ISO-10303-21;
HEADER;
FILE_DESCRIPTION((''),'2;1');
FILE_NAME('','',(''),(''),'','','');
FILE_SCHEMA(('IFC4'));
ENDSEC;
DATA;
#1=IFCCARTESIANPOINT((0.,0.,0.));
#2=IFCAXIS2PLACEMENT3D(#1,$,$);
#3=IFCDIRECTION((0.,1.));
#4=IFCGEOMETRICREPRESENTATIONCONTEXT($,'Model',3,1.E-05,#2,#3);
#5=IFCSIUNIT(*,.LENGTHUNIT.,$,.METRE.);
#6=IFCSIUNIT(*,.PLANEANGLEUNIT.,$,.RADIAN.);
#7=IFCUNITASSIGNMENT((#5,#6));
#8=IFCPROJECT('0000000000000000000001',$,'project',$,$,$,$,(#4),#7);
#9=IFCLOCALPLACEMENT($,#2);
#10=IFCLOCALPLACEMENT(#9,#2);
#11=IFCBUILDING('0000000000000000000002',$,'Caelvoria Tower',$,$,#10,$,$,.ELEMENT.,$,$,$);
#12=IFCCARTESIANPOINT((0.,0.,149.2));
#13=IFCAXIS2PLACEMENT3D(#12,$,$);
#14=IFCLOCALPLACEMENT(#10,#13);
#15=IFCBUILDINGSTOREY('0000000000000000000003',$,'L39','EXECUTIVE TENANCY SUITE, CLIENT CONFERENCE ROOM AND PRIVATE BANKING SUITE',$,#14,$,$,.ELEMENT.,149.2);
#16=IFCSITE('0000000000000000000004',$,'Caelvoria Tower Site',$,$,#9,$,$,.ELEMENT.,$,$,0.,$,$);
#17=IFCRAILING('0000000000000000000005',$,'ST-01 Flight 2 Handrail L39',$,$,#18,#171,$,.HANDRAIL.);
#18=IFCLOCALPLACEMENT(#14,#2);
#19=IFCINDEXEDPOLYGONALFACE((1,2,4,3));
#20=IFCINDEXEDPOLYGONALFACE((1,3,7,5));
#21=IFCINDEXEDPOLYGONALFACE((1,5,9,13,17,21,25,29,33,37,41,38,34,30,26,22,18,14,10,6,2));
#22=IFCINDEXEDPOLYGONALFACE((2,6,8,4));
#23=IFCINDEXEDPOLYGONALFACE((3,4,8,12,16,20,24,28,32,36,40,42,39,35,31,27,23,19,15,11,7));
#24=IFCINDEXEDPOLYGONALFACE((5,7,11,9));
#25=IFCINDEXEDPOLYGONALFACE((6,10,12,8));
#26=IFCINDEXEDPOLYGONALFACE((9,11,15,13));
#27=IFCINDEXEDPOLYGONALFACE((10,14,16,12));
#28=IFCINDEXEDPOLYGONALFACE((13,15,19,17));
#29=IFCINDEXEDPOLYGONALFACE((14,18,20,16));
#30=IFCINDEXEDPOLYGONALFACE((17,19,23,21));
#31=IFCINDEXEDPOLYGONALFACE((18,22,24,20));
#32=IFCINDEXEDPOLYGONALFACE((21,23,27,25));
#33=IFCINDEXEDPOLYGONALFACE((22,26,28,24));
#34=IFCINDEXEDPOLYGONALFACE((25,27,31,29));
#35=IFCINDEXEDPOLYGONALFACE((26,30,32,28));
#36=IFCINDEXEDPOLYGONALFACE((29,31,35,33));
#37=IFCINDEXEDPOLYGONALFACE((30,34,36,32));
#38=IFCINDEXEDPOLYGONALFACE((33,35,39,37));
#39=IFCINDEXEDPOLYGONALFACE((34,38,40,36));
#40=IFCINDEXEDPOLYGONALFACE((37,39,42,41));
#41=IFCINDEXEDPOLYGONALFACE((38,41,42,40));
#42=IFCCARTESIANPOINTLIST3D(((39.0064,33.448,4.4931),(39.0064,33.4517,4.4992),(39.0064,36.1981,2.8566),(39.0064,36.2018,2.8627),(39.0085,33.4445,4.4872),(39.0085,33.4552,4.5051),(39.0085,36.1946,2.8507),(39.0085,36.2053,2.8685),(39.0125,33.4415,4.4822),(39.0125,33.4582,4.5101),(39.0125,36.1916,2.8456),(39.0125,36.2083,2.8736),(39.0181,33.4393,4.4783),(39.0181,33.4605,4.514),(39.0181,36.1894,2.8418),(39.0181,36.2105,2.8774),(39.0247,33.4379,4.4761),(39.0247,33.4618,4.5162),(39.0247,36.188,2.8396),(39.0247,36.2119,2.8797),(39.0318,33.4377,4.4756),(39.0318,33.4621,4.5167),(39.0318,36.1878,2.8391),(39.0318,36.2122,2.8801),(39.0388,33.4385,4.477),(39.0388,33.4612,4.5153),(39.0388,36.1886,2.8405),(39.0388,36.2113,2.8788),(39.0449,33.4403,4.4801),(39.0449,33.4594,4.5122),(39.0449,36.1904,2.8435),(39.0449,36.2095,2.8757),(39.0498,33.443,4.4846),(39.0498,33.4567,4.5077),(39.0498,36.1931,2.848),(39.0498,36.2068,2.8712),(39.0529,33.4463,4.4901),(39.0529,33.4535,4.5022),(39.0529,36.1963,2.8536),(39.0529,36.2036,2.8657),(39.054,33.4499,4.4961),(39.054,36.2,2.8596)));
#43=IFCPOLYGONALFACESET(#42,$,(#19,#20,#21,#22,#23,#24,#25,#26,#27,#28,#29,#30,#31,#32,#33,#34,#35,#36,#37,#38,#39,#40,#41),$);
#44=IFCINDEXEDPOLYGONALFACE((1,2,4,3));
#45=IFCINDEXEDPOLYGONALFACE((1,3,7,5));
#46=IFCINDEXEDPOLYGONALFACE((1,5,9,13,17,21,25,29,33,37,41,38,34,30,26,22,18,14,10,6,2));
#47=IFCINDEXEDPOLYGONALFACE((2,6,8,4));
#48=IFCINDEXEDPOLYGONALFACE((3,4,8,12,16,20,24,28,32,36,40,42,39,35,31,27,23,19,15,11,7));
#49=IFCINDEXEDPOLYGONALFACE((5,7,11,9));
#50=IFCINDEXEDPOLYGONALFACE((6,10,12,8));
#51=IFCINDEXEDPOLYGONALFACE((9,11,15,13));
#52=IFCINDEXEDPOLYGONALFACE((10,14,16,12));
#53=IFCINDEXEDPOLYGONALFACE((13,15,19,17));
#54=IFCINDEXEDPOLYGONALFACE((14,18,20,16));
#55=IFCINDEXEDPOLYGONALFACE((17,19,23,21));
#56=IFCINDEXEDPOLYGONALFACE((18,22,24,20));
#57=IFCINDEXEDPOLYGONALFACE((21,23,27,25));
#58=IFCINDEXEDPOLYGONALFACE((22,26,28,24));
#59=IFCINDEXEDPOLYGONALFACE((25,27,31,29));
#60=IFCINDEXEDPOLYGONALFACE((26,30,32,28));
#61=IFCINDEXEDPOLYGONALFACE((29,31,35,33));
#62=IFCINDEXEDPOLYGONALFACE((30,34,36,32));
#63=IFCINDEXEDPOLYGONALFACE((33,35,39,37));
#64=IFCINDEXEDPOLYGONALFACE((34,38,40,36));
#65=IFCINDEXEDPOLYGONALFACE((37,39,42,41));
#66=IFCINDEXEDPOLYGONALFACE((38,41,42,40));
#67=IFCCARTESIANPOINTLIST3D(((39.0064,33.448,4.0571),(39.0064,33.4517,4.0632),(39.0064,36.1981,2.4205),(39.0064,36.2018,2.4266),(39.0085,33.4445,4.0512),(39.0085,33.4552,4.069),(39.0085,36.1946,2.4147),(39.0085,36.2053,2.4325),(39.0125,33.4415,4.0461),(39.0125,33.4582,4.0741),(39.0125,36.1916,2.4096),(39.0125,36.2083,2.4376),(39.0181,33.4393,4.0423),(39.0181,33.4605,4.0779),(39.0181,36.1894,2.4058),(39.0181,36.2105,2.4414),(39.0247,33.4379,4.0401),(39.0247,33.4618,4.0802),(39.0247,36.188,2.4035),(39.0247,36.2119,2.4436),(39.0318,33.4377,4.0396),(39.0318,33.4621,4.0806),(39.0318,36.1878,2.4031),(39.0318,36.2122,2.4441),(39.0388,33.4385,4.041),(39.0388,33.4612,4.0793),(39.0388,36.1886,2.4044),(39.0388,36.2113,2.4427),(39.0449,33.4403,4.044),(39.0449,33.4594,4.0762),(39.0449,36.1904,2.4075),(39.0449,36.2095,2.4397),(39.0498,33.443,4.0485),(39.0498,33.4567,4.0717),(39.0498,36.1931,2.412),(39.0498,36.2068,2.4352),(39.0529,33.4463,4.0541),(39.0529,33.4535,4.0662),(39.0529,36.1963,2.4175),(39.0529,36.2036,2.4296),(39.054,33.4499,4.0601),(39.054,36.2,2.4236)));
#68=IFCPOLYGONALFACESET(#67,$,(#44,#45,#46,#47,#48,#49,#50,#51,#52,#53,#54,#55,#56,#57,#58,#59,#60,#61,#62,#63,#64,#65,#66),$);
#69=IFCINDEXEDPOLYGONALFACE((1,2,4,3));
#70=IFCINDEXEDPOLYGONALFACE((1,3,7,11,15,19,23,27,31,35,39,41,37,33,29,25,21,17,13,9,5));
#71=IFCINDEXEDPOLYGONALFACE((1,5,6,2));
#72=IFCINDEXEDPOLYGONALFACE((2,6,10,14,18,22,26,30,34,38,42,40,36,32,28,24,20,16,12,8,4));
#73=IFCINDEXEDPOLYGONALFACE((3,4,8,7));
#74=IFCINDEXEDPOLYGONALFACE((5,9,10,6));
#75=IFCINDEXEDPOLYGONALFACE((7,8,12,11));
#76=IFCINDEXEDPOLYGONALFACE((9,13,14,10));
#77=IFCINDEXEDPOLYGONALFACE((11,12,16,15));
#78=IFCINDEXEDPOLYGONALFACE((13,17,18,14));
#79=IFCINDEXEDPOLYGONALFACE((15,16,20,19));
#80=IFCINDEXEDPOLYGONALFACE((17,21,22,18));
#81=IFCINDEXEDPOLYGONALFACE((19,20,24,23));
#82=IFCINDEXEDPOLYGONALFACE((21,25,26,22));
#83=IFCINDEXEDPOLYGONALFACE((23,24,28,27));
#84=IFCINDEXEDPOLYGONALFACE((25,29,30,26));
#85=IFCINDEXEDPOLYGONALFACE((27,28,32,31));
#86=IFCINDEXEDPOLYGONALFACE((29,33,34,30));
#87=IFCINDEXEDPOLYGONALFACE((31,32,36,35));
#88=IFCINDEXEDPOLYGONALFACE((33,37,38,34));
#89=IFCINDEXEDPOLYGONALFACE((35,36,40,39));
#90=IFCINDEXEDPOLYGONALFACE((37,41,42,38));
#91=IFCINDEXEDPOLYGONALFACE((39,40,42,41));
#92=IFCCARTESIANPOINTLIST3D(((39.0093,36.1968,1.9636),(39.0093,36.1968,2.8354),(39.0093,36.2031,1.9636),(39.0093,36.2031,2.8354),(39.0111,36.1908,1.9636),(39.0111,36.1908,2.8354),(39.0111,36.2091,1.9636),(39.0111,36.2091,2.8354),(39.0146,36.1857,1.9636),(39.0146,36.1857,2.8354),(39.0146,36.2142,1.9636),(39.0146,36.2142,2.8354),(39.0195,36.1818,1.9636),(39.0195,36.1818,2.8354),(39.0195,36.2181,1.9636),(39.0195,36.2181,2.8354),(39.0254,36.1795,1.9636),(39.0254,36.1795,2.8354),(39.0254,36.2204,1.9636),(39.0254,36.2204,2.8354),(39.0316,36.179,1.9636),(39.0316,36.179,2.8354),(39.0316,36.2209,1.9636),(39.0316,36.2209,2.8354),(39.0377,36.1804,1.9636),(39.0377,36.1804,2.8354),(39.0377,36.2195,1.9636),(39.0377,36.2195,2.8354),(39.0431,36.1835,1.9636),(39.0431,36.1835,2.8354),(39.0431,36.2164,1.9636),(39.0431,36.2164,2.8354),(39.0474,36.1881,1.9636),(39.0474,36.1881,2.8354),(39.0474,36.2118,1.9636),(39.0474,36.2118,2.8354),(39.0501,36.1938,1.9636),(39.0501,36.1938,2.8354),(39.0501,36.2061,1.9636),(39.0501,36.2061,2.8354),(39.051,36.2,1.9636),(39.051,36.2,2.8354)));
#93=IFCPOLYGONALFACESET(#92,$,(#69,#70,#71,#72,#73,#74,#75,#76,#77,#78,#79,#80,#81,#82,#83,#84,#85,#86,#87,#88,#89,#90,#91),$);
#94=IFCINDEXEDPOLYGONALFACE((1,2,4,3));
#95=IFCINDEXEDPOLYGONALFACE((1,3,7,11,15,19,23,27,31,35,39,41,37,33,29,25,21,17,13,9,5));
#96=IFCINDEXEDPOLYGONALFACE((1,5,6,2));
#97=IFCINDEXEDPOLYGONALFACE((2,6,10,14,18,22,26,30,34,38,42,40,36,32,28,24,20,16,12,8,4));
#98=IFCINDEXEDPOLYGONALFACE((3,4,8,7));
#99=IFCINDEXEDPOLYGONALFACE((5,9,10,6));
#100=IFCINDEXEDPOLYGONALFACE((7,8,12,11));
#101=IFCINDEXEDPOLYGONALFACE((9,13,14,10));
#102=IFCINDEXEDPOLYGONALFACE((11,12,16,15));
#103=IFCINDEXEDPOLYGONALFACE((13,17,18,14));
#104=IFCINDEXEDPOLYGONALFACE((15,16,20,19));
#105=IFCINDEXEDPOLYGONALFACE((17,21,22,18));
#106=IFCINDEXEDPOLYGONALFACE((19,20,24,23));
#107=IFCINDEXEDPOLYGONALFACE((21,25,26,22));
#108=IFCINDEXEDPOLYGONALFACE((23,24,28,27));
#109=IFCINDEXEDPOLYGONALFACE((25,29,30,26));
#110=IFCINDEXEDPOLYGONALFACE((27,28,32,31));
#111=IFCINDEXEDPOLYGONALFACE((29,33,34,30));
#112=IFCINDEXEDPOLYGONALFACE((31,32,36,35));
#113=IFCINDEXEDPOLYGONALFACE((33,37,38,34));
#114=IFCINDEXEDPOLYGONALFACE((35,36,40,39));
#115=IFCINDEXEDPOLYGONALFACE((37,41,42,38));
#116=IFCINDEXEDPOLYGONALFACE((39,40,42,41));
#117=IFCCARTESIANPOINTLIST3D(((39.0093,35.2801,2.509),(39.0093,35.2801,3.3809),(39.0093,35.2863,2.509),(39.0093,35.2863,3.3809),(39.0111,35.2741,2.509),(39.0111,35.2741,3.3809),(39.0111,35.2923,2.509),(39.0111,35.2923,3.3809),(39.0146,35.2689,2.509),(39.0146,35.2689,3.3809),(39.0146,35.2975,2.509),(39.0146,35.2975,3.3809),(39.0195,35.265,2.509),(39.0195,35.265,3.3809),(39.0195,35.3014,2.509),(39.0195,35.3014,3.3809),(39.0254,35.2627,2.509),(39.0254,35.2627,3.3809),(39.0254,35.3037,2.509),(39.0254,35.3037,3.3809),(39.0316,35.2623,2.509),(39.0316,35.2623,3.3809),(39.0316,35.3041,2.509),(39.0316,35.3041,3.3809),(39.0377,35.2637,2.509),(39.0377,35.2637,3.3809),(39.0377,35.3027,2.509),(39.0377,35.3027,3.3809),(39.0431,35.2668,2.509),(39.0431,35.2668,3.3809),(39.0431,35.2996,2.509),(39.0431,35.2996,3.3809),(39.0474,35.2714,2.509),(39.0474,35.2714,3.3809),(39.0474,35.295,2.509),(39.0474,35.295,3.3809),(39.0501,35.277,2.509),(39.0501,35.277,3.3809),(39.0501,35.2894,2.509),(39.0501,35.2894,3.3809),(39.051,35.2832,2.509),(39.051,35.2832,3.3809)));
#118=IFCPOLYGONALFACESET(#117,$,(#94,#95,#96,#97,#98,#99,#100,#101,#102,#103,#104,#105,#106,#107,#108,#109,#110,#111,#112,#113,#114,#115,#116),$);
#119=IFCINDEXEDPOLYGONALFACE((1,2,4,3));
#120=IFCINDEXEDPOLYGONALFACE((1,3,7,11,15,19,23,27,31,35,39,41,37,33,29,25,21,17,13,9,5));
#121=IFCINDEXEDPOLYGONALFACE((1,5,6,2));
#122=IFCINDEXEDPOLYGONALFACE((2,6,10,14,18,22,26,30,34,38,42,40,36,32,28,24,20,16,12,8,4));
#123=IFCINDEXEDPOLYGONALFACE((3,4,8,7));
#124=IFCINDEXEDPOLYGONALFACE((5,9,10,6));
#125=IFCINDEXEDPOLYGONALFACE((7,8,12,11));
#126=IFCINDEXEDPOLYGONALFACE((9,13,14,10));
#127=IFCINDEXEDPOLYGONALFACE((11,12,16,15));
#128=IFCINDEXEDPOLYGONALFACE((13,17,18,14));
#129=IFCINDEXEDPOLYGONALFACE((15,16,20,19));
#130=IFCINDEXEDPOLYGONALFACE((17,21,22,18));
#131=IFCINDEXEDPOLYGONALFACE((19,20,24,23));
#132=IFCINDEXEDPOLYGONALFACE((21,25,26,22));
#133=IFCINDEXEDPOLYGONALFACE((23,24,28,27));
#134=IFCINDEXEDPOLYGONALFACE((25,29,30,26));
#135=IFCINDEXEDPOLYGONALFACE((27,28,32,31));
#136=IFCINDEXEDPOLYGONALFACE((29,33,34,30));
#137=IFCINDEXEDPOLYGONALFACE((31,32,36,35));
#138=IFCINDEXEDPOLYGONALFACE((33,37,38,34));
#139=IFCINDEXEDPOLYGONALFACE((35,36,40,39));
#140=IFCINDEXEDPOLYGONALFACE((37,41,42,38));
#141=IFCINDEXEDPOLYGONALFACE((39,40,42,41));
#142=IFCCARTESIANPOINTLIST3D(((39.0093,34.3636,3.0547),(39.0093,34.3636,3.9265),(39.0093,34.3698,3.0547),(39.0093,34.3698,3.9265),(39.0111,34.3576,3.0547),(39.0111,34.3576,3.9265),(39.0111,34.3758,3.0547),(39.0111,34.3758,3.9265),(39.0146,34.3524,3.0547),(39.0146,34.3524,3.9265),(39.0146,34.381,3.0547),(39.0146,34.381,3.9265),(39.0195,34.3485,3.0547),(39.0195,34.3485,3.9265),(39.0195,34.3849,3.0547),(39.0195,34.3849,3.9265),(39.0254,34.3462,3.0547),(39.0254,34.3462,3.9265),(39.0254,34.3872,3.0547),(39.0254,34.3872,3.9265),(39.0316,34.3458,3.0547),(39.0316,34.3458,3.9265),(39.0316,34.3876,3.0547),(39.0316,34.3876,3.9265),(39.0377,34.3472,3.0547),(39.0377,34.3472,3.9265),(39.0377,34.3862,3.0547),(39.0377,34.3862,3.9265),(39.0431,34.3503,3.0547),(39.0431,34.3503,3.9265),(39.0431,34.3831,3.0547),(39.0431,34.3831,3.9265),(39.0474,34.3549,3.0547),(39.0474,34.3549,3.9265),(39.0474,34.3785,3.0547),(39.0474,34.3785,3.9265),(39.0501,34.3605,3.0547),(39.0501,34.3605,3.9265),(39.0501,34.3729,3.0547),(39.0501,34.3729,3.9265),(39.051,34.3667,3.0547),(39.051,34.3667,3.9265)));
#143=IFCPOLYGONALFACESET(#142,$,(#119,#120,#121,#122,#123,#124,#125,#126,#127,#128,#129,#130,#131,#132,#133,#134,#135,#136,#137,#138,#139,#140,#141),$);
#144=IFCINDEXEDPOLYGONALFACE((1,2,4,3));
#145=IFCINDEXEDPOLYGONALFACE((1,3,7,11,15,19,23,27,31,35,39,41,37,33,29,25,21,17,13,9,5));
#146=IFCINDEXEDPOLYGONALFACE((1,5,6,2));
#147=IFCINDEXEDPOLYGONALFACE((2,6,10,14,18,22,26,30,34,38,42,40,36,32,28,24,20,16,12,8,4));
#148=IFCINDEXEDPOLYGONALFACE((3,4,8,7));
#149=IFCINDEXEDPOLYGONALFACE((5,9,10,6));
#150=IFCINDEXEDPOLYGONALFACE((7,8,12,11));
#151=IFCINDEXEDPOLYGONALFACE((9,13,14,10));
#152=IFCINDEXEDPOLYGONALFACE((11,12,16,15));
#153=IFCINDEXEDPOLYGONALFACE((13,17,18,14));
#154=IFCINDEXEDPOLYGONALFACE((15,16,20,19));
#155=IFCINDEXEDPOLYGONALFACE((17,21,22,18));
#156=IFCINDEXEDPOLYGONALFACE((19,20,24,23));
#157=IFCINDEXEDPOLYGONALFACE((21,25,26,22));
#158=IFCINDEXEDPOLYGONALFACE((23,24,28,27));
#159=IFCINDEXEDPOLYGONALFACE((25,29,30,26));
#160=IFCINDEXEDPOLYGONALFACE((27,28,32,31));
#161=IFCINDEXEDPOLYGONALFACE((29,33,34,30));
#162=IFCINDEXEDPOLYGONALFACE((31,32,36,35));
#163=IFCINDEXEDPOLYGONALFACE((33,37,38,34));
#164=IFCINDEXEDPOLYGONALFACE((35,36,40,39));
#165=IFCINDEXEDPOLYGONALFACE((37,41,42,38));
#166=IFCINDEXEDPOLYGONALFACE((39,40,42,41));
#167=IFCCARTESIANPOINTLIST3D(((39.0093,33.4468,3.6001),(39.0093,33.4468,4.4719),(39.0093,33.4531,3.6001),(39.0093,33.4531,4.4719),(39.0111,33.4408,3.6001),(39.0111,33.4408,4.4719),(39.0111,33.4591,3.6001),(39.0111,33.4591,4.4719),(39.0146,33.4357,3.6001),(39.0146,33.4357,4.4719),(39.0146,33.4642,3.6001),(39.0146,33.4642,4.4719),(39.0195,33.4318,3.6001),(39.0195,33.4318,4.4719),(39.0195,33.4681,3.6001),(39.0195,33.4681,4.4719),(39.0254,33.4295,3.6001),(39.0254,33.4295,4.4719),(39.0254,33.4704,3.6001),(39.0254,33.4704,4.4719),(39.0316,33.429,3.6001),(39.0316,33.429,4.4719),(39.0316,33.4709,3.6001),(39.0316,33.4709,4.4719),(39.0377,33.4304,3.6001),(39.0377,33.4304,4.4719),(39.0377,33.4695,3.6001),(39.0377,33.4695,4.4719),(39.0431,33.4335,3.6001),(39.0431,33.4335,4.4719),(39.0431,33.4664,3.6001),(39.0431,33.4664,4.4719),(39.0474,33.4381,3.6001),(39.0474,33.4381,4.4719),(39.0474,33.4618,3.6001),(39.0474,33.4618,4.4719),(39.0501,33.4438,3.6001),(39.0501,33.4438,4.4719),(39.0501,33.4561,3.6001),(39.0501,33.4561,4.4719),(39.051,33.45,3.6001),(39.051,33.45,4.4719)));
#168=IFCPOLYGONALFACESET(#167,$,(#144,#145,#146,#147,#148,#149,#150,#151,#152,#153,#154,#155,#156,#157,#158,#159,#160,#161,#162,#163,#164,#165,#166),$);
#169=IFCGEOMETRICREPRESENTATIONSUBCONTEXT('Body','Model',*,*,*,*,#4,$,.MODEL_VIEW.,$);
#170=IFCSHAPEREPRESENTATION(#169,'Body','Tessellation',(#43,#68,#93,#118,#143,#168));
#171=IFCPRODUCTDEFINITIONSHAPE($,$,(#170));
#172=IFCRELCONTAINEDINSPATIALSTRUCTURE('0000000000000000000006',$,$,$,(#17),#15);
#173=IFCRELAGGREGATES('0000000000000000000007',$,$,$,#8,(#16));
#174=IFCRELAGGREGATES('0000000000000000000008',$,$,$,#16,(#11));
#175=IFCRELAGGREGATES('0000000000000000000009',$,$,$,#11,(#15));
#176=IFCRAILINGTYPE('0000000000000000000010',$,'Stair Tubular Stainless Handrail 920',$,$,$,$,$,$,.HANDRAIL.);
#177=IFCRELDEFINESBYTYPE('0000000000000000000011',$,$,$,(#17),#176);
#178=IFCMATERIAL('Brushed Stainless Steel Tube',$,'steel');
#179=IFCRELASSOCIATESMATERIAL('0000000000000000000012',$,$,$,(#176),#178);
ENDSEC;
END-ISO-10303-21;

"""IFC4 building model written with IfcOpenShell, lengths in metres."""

from ifc_helpers import new_model, si_unit, direction, frame, origin, origin_2d, place, context, subcontext, project, spatial, circle, extrude, material, type_object, element, save


model = new_model("IFC4")

# Units and contexts
model_context = context("Model", 3, precision=1e-05, world=origin(), true_north=direction((0.0, 1.0)))
body_context = subcontext(model_context, "Body", "Model", "MODEL_VIEW")
ifc_project = project(units=[si_unit("LENGTHUNIT", "METRE"), si_unit("PLANEANGLEUNIT", "RADIAN")], contexts=[model_context])

# Site, building, storey
site_placement = place(None, origin())
site = spatial("IfcSite", under=ifc_project, at=site_placement, Name="Caelvoria Tower Site", CompositionType="ELEMENT", RefElevation=0.0)
building_placement = place(site_placement, origin())
building = spatial("IfcBuilding", under=site, at=building_placement, Name="Caelvoria Tower", CompositionType="ELEMENT")
storey_placement = place(building_placement, frame((0.0, 0.0, 149.2)))
storey = spatial("IfcBuildingStorey", under=building, at=storey_placement, Name="L39", Description="EXECUTIVE TENANCY SUITE, CLIENT CONFERENCE ROOM AND PRIVATE BANKING SUITE", CompositionType="ELEMENT", Elevation=149.2)

# Railing
ifc_material_1 = material(Name="Brushed Stainless Steel Tube", Category="steel")
railing_type_1 = type_object("IfcRailingType", Name="Stair Tubular Stainless Handrail 920", PredefinedType="HANDRAIL", material=ifc_material_1)
railing_1_placement = place(storey_placement, frame((39.03, 36.2, 1.9636)))
element("IfcRailing", 1, at=railing_1_placement, inside=storey, type_object=railing_type_1, Name="ST-01 Flight 2 Handrail L39", PredefinedType="HANDRAIL", context=body_context, shape_type="SweptSolid", body=[
    extrude(circle(Radius=0.0239, at=origin_2d()), frame((0.0, 0.0, 0.896), z_axis=(0.0, -0.859352, 0.511385), x_axis=(1.0, 0.0, 0.0)), (0.0, 0.0, 1.0), 3.2002),
    extrude(circle(Radius=0.0239, at=origin_2d()), frame((0.0, 0.0, 0.46), z_axis=(0.0, -0.859352, 0.511385), x_axis=(1.0, 0.0, 0.0)), (0.0, 0.0, 1.0), 3.2002),
    extrude(circle(Radius=0.021, at=origin_2d()), origin(), (0.0, 0.0, 1.0), 0.8718),
    extrude(circle(Radius=0.021, at=origin_2d()), frame((0.0, -0.9167, 0.5454)), (0.0, 0.0, 1.0), 0.8718),
    extrude(circle(Radius=0.021, at=origin_2d()), frame((0.0, -1.8333, 1.0911)), (0.0, 0.0, 1.0), 0.8718),
    extrude(circle(Radius=0.021, at=origin_2d()), frame((0.0, -2.75, 1.6365)), (0.0, 0.0, 1.0), 0.8718),
])

save(model, "model.ifc")
